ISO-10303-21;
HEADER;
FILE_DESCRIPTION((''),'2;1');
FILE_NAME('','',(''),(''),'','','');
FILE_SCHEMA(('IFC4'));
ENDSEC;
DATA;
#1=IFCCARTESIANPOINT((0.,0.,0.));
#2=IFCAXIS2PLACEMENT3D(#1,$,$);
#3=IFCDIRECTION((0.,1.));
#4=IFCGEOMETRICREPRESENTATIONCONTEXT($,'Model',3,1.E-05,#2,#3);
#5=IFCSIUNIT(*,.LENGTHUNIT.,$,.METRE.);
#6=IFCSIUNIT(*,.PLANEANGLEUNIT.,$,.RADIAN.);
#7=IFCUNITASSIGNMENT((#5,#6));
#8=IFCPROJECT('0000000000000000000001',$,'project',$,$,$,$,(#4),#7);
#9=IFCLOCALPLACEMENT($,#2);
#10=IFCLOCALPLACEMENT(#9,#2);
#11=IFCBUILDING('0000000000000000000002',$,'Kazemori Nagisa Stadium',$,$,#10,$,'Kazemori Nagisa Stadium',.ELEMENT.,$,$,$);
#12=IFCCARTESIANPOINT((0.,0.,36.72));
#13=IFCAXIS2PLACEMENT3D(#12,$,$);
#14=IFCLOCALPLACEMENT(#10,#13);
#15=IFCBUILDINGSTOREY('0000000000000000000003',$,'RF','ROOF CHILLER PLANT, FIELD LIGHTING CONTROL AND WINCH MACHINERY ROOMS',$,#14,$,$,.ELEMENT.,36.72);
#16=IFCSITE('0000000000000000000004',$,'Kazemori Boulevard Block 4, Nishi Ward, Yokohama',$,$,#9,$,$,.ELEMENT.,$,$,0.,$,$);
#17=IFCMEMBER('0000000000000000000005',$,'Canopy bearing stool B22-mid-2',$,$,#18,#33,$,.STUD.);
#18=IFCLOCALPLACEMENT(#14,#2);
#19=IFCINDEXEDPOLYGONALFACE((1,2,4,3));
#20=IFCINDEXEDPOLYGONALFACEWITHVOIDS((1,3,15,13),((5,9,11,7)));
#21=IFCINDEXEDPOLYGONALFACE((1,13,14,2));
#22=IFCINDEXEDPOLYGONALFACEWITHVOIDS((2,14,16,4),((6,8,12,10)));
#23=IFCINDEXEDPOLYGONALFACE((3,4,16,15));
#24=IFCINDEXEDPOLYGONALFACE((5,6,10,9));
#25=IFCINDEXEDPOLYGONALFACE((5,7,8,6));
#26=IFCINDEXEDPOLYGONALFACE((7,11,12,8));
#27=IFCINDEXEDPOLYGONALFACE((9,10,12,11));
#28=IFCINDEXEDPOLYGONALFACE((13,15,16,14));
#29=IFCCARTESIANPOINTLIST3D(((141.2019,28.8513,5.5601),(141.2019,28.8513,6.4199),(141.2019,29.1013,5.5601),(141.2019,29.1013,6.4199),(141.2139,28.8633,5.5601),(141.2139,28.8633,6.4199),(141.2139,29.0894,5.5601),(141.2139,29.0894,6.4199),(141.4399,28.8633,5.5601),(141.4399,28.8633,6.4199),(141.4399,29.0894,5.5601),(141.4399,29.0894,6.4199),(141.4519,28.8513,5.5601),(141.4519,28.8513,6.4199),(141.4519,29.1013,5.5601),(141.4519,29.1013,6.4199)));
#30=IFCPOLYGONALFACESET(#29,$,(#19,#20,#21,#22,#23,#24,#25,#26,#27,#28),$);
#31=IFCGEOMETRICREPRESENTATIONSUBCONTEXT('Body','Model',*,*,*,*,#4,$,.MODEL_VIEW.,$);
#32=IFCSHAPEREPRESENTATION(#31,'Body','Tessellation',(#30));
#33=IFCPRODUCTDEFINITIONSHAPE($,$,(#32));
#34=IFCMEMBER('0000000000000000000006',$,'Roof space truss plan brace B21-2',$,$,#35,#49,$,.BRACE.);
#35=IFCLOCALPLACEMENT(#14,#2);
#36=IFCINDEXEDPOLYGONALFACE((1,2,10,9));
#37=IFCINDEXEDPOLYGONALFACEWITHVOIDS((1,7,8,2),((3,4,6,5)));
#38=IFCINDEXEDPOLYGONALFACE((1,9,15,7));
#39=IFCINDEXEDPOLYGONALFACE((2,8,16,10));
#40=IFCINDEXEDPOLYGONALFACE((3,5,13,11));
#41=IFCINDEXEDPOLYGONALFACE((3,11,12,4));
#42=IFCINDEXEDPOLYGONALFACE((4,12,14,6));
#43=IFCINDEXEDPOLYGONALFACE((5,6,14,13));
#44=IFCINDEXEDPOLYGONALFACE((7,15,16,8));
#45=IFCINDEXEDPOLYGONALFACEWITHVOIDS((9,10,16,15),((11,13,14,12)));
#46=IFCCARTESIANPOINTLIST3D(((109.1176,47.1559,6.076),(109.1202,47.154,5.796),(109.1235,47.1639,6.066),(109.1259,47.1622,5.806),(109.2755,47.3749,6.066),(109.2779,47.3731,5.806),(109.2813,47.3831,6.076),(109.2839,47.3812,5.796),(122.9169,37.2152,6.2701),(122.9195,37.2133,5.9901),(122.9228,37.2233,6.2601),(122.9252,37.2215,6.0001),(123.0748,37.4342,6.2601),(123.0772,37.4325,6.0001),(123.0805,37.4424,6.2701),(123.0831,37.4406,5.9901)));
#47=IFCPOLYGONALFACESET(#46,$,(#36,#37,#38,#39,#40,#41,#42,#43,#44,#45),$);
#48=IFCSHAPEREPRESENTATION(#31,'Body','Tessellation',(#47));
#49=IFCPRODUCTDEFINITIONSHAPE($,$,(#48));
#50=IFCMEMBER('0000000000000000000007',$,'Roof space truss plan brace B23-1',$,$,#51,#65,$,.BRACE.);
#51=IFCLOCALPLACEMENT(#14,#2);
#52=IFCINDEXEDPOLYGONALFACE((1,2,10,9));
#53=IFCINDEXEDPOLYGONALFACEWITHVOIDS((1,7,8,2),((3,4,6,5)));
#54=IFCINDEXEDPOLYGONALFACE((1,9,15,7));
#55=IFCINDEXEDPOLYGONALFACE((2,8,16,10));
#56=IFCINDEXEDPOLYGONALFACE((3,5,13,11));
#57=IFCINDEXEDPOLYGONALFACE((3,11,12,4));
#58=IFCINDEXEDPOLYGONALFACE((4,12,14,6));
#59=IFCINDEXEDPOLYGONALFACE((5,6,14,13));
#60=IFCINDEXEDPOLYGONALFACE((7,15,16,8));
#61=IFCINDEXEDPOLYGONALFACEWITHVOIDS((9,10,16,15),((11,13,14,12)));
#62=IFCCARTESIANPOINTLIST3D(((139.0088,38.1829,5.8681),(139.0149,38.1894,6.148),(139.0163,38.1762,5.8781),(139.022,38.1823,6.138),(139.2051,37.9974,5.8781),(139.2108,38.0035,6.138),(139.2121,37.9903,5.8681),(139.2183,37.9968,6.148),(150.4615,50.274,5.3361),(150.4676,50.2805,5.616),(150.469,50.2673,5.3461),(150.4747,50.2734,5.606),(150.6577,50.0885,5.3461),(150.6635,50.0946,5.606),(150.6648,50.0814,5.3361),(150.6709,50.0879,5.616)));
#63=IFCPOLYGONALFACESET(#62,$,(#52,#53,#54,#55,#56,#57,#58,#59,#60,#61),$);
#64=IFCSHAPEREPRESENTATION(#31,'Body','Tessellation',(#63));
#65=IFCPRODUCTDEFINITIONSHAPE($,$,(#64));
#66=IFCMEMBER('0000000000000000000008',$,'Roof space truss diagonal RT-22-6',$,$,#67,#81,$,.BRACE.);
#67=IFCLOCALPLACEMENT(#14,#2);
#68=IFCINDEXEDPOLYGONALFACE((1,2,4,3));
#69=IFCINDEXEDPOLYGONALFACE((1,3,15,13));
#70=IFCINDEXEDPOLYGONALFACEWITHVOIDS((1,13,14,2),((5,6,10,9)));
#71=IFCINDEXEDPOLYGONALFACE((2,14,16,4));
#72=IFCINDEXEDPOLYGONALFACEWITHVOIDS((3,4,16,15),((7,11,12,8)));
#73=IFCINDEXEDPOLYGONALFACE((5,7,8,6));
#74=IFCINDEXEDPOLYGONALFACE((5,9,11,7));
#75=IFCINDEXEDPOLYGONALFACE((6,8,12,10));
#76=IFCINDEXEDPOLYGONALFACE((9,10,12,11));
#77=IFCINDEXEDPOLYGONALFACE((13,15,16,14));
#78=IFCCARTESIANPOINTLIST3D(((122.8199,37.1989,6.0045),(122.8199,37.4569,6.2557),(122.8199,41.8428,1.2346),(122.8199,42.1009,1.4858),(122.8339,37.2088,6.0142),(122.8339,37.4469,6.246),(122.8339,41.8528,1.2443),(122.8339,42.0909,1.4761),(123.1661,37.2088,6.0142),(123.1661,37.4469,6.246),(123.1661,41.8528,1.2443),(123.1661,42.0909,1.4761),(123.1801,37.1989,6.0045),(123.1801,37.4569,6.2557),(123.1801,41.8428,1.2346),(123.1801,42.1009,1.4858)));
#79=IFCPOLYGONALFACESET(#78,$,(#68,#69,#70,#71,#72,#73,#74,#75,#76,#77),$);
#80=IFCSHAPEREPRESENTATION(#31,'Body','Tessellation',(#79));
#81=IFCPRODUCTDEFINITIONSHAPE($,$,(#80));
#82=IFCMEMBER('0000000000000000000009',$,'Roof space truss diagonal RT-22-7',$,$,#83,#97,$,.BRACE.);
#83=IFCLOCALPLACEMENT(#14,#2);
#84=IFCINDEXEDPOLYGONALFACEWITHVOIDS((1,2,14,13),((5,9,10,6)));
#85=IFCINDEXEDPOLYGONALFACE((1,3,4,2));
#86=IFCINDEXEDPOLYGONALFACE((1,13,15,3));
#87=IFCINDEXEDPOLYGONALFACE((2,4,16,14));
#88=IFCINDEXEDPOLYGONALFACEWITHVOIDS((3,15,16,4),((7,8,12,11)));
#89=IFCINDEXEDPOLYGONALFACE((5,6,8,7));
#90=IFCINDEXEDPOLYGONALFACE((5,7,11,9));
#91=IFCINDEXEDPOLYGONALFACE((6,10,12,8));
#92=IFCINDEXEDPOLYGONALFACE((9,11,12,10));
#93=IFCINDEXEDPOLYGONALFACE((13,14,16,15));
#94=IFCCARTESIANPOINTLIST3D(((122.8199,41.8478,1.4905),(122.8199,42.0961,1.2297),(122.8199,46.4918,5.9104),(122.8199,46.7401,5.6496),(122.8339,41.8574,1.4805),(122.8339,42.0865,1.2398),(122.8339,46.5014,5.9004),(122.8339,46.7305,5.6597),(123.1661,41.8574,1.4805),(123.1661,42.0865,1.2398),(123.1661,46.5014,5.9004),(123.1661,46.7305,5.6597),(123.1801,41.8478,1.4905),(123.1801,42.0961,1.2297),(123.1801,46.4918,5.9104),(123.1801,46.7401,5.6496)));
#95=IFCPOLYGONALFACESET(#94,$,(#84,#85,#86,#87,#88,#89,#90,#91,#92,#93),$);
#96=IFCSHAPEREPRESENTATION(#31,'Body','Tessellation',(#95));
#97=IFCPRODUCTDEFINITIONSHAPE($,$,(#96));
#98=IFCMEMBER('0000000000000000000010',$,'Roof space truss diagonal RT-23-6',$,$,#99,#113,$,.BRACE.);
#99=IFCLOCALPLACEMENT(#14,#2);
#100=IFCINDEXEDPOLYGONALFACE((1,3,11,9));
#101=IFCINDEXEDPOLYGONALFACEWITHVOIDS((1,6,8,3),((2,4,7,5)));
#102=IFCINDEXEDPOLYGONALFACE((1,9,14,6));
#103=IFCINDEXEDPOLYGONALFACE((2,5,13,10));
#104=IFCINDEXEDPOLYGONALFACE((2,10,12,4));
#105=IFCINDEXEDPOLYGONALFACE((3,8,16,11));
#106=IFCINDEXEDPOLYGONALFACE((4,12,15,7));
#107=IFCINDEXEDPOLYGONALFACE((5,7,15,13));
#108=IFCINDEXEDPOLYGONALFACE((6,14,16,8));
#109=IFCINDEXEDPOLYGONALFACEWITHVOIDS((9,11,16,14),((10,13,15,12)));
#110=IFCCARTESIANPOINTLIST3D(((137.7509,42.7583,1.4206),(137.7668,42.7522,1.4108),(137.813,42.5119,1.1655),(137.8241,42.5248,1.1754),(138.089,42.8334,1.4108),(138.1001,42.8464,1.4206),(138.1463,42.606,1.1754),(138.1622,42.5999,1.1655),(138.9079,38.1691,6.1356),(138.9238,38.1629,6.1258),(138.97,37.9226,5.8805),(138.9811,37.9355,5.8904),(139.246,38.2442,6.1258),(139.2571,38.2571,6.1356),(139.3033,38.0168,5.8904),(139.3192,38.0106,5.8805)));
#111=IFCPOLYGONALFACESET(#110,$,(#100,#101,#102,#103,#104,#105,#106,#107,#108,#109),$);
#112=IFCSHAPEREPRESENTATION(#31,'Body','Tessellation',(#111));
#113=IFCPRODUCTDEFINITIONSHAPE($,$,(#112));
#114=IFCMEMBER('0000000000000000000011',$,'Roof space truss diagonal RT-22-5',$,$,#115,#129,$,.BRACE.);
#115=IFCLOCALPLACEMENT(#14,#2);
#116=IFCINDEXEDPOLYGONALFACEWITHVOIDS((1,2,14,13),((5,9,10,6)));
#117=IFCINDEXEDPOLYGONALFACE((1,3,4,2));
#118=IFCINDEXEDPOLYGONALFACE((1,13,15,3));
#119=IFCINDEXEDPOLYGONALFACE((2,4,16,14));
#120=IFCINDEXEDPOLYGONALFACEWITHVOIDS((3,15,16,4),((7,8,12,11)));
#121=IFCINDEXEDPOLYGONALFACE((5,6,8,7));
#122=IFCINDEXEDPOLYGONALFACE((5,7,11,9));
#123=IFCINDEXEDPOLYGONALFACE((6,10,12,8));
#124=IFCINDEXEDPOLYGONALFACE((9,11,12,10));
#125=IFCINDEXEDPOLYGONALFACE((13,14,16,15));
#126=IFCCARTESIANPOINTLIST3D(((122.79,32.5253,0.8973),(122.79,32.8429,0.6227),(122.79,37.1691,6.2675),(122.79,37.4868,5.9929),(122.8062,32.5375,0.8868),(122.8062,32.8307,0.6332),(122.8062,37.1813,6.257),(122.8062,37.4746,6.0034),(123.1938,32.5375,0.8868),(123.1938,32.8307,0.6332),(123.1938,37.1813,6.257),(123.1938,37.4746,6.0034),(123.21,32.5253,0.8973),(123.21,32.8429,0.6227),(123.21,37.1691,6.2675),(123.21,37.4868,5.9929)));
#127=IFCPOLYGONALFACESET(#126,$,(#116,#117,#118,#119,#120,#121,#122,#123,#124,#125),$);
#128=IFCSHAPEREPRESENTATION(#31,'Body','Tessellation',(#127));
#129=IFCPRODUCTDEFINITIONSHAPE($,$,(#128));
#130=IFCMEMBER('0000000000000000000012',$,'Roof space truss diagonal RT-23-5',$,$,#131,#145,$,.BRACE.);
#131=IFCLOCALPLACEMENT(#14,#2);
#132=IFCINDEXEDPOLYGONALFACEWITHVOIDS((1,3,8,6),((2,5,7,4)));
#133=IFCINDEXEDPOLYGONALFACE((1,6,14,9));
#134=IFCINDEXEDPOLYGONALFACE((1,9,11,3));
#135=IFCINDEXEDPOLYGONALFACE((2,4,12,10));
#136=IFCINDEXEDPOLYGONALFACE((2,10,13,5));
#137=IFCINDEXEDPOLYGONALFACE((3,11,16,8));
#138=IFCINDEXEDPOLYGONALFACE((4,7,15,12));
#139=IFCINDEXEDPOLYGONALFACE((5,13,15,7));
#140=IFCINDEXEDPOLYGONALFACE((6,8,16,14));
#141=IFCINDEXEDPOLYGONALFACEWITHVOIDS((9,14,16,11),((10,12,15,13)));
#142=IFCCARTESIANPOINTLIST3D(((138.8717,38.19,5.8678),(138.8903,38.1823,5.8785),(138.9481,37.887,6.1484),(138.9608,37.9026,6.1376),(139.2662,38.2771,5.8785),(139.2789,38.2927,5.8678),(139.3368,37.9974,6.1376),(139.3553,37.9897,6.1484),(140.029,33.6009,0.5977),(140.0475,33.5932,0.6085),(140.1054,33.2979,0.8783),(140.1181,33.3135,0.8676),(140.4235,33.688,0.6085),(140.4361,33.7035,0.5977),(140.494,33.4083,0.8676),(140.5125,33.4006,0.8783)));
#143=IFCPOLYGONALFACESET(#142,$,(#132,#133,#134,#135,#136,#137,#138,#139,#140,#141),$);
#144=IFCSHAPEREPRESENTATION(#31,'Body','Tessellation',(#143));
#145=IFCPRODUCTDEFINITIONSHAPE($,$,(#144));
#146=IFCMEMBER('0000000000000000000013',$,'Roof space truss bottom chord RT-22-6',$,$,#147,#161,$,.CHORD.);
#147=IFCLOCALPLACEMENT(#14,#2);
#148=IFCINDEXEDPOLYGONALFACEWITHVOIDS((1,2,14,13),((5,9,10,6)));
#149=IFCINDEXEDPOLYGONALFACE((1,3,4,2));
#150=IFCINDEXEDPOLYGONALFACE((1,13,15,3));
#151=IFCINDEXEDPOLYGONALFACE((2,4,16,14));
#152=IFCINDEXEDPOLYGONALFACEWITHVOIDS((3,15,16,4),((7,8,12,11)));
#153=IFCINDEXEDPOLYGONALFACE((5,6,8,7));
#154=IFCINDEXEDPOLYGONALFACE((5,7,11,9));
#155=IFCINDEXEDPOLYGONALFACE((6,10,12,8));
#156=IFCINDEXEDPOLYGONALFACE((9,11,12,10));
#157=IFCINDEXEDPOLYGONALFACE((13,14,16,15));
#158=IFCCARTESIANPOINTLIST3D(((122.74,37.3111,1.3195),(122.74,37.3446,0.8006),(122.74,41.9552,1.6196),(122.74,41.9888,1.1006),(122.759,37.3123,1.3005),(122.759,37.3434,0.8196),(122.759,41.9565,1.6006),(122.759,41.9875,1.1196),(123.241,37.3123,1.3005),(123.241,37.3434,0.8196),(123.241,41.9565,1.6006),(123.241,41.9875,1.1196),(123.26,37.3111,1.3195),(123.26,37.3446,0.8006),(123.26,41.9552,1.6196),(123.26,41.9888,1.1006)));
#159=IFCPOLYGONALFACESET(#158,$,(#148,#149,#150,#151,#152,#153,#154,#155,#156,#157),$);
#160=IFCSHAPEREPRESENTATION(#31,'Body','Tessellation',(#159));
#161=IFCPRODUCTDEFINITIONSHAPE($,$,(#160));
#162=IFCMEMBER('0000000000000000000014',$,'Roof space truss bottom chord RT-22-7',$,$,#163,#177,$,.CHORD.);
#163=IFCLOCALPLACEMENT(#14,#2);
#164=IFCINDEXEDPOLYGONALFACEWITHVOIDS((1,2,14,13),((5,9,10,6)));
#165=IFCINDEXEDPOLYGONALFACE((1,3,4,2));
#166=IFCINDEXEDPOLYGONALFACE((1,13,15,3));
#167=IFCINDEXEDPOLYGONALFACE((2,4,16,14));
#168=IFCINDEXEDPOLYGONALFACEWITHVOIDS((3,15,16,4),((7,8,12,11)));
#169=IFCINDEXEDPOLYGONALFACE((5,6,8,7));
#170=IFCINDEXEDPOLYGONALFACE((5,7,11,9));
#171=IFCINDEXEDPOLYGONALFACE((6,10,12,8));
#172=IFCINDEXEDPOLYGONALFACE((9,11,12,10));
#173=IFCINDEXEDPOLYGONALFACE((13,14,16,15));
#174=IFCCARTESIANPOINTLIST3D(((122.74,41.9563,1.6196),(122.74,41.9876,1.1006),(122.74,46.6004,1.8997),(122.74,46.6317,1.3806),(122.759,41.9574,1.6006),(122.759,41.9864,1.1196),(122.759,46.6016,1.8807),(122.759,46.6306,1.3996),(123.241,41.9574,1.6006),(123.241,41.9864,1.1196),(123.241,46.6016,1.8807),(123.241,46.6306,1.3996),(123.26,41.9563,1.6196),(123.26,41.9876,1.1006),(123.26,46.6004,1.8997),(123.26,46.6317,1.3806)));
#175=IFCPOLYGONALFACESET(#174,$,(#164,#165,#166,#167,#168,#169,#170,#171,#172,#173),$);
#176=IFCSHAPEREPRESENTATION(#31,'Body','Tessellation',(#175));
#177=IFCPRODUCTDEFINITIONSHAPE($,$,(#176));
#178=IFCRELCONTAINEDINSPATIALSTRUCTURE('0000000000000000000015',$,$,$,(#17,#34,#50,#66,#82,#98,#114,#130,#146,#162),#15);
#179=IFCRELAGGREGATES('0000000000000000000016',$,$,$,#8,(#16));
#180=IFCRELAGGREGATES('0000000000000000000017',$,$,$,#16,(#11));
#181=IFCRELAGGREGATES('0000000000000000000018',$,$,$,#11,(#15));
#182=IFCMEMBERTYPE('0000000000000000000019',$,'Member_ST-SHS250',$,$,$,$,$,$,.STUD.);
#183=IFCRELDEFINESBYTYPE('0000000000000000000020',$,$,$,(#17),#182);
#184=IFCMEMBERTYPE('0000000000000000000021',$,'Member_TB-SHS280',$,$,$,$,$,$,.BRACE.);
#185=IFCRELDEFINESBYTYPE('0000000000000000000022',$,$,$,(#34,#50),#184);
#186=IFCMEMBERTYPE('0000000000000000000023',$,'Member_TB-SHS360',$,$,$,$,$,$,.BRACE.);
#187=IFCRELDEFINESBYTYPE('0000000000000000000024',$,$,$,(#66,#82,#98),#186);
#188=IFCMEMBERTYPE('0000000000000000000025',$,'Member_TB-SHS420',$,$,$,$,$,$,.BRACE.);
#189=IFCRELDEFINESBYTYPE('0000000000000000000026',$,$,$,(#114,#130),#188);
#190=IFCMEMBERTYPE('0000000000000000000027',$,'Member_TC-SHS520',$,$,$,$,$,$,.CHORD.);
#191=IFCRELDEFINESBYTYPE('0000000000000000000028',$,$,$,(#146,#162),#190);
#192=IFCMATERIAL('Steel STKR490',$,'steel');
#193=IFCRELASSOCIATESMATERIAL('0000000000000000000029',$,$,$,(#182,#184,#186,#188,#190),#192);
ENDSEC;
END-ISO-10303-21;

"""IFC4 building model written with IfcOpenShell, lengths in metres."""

from ifc_helpers import new_model, si_unit, direction, frame, origin, origin_2d, place, context, subcontext, project, spatial, hollow_rectangle, extrude, material, material_profile, profile_set, type_object, element, save


model = new_model("IFC4")

# Units and contexts
model_context = context("Model", 3, precision=1e-05, world=origin(), true_north=direction((0.0, 1.0)))
body_context = subcontext(model_context, "Body", "Model", "MODEL_VIEW")
ifc_project = project(units=[si_unit("LENGTHUNIT", "METRE"), si_unit("PLANEANGLEUNIT", "RADIAN")], contexts=[model_context])

# Site, building, storey
site_placement = place(None, origin())
site = spatial("IfcSite", under=ifc_project, at=site_placement, Name="Kazemori Boulevard Block 4, Nishi Ward, Yokohama", CompositionType="ELEMENT", RefElevation=0.0)
building_placement = place(site_placement, origin())
building = spatial("IfcBuilding", under=site, at=building_placement, Name="Kazemori Nagisa Stadium", LongName="Kazemori Nagisa Stadium", CompositionType="ELEMENT")
storey_placement = place(building_placement, frame((0.0, 0.0, 36.72)))
storey = spatial("IfcBuildingStorey", under=building, at=storey_placement, Name="RF", Description="ROOF CHILLER PLANT, FIELD LIGHTING CONTROL AND WINCH MACHINERY ROOMS", CompositionType="ELEMENT", Elevation=36.72)

# Members
ifc_material_1 = material(Name="Steel STKR490", Category="steel")
ifc_material_profile_1 = material_profile(ifc_material_1, hollow_rectangle(XDim=0.25, YDim=0.25, WallThickness=0.012, at=origin_2d()), Name="SHS-250x250x12")
ifc_profile_set_1 = profile_set([ifc_material_profile_1], Name="Steel STKR490")
member_type_1 = type_object("IfcMemberType", Name="Member_ST-SHS250", PredefinedType="STUD", material=ifc_profile_set_1)
member_1_placement = place(storey_placement, frame((141.3269, 28.9763, 5.5601), z_axis=(0.0, 0.0, 1.0), x_axis=(1.0, 0.0, 0.0)))
element("IfcMember", 1, at=member_1_placement, inside=storey, type_object=member_type_1, Name="Canopy bearing stool B22-mid-2", PredefinedType="STUD", context=body_context, shape_type="SweptSolid", body=[
    extrude(hollow_rectangle(XDim=0.25, YDim=0.25, WallThickness=0.012, at=origin_2d()), origin(), (0.0, 0.0, 1.0), 0.8599),
])
ifc_material_profile_2 = material_profile(ifc_material_1, hollow_rectangle(XDim=0.28, YDim=0.28, WallThickness=0.01, at=origin_2d()), Name="SHS-280x280x10")
ifc_profile_set_2 = profile_set([ifc_material_profile_2], Name="Steel STKR490")
member_type_2 = type_object("IfcMemberType", Name="Member_TB-SHS280", PredefinedType="BRACE", material=ifc_profile_set_2)
member_2_placement = place(storey_placement, frame((123.0, 37.3279, 6.1301), z_axis=(-0.811337, 0.584467, -0.011412), x_axis=(-0.584505, -0.81139, 0.0)))
element("IfcMember", 2, at=member_2_placement, inside=storey, type_object=member_type_2, Name="Roof space truss plan brace B21-2", PredefinedType="BRACE", context=body_context, shape_type="SweptSolid", body=[
    extrude(hollow_rectangle(XDim=0.28, YDim=0.28, WallThickness=0.01, at=origin_2d()), origin(), (0.0, 0.0, 1.0), 17.0081),
])
member_3_placement = place(storey_placement, frame((139.1135, 38.0898, 6.0081), z_axis=(0.687329, 0.725644, -0.031927), x_axis=(-0.726014, 0.68768, 0.0)))
element("IfcMember", 3, at=member_3_placement, inside=storey, type_object=member_type_2, Name="Roof space truss plan brace B23-1", PredefinedType="BRACE", context=body_context, shape_type="SweptSolid", body=[
    extrude(hollow_rectangle(XDim=0.28, YDim=0.28, WallThickness=0.01, at=origin_2d()), origin(), (0.0, 0.0, 1.0), 16.6626),
])
ifc_material_profile_3 = material_profile(ifc_material_1, hollow_rectangle(XDim=0.3601, YDim=0.3601, WallThickness=0.0139, at=origin_2d()), Name="SHS-360x360x14")
ifc_profile_set_3 = profile_set([ifc_material_profile_3], Name="Steel STKR490")
member_type_3 = type_object("IfcMemberType", Name="Member_TB-SHS360", PredefinedType="BRACE", material=ifc_profile_set_3)
member_4_placement = place(storey_placement, frame((123.0, 37.3279, 6.1301), z_axis=(0.0, 0.697582, -0.716505), x_axis=(-1.0, 0.0, 0.0)))
element("IfcMember", 4, at=member_4_placement, inside=storey, type_object=member_type_3, Name="Roof space truss diagonal RT-22-6", PredefinedType="BRACE", context=body_context, shape_type="SweptSolid", body=[
    extrude(hollow_rectangle(XDim=0.3601, YDim=0.3601, WallThickness=0.0139, at=origin_2d()), origin(), (0.0, 0.0, 1.0), 6.6572),
])
member_5_placement = place(storey_placement, frame((123.0, 41.9719, 1.3601), z_axis=(0.0, 0.72437, 0.689412), x_axis=(-1.0, 0.0, 0.0)))
element("IfcMember", 5, at=member_5_placement, inside=storey, type_object=member_type_3, Name="Roof space truss diagonal RT-22-7", PredefinedType="BRACE", context=body_context, shape_type="SweptSolid", body=[
    extrude(hollow_rectangle(XDim=0.3601, YDim=0.3601, WallThickness=0.0139, at=origin_2d()), origin(), (0.0, 0.0, 1.0), 6.4111),
])
member_6_placement = place(storey_placement, frame((139.1135, 38.0898, 6.0081), z_axis=(-0.173181, 0.686949, -0.705769), x_axis=(-0.969661, -0.244453, 0.0)))
element("IfcMember", 6, at=member_6_placement, inside=storey, type_object=member_type_3, Name="Roof space truss diagonal RT-23-6", PredefinedType="BRACE", context=body_context, shape_type="SweptSolid", body=[
    extrude(hollow_rectangle(XDim=0.3601, YDim=0.3601, WallThickness=0.0139, at=origin_2d()), origin(), (0.0, 0.0, 1.0), 6.6807),
])
ifc_material_profile_4 = material_profile(ifc_material_1, hollow_rectangle(XDim=0.4199, YDim=0.4199, WallThickness=0.0161, at=origin_2d()), Name="SHS-420x420x16")
ifc_profile_set_4 = profile_set([ifc_material_profile_4], Name="Steel STKR490")
member_type_4 = type_object("IfcMemberType", Name="Member_TB-SHS420", PredefinedType="BRACE", material=ifc_profile_set_4)
member_7_placement = place(storey_placement, frame((123.0, 32.6841, 0.76), z_axis=(0.0, 0.654101, 0.756407), x_axis=(-1.0, 0.0, 0.0)))
element("IfcMember", 7, at=member_7_placement, inside=storey, type_object=member_type_4, Name="Roof space truss diagonal RT-22-5", PredefinedType="BRACE", context=body_context, shape_type="SweptSolid", body=[
    extrude(hollow_rectangle(XDim=0.4199, YDim=0.4199, WallThickness=0.0161, at=origin_2d()), origin(), (0.0, 0.0, 1.0), 7.0996),
])
member_8_placement = place(storey_placement, frame((140.2708, 33.5007, 0.738), z_axis=(-0.163375, 0.647884, 0.744013), x_axis=(-0.969646, -0.244514, 0.0)))
element("IfcMember", 8, at=member_8_placement, inside=storey, type_object=member_type_4, Name="Roof space truss diagonal RT-23-5", PredefinedType="BRACE", context=body_context, shape_type="SweptSolid", body=[
    extrude(hollow_rectangle(XDim=0.4199, YDim=0.4199, WallThickness=0.0161, at=origin_2d()), origin(), (0.0, 0.0, 1.0), 7.0833),
])
ifc_material_profile_5 = material_profile(ifc_material_1, hollow_rectangle(XDim=0.52, YDim=0.52, WallThickness=0.019, at=origin_2d()), Name="SHS-520x520x19")
ifc_profile_set_5 = profile_set([ifc_material_profile_5], Name="Steel STKR490")
member_type_5 = type_object("IfcMemberType", Name="Member_TC-SHS520", PredefinedType="CHORD", material=ifc_profile_set_5)
member_9_placement = place(storey_placement, frame((123.0, 37.3279, 1.0601), z_axis=(0.0, 0.997919, 0.064475), x_axis=(-1.0, 0.0, 0.0)))
element("IfcMember", 9, at=member_9_placement, inside=storey, type_object=member_type_5, Name="Roof space truss bottom chord RT-22-6", PredefinedType="CHORD", context=body_context, shape_type="SweptSolid", body=[
    extrude(hollow_rectangle(XDim=0.52, YDim=0.52, WallThickness=0.019, at=origin_2d()), origin(), (0.0, 0.0, 1.0), 4.6538),
])
member_10_placement = place(storey_placement, frame((123.0, 41.9719, 1.3601), z_axis=(0.0, 0.998187, 0.060189), x_axis=(-1.0, 0.0, 0.0)))
element("IfcMember", 10, at=member_10_placement, inside=storey, type_object=member_type_5, Name="Roof space truss bottom chord RT-22-7", PredefinedType="CHORD", context=body_context, shape_type="SweptSolid", body=[
    extrude(hollow_rectangle(XDim=0.52, YDim=0.52, WallThickness=0.019, at=origin_2d()), origin(), (0.0, 0.0, 1.0), 4.6526),
])

save(model, "model.ifc")
